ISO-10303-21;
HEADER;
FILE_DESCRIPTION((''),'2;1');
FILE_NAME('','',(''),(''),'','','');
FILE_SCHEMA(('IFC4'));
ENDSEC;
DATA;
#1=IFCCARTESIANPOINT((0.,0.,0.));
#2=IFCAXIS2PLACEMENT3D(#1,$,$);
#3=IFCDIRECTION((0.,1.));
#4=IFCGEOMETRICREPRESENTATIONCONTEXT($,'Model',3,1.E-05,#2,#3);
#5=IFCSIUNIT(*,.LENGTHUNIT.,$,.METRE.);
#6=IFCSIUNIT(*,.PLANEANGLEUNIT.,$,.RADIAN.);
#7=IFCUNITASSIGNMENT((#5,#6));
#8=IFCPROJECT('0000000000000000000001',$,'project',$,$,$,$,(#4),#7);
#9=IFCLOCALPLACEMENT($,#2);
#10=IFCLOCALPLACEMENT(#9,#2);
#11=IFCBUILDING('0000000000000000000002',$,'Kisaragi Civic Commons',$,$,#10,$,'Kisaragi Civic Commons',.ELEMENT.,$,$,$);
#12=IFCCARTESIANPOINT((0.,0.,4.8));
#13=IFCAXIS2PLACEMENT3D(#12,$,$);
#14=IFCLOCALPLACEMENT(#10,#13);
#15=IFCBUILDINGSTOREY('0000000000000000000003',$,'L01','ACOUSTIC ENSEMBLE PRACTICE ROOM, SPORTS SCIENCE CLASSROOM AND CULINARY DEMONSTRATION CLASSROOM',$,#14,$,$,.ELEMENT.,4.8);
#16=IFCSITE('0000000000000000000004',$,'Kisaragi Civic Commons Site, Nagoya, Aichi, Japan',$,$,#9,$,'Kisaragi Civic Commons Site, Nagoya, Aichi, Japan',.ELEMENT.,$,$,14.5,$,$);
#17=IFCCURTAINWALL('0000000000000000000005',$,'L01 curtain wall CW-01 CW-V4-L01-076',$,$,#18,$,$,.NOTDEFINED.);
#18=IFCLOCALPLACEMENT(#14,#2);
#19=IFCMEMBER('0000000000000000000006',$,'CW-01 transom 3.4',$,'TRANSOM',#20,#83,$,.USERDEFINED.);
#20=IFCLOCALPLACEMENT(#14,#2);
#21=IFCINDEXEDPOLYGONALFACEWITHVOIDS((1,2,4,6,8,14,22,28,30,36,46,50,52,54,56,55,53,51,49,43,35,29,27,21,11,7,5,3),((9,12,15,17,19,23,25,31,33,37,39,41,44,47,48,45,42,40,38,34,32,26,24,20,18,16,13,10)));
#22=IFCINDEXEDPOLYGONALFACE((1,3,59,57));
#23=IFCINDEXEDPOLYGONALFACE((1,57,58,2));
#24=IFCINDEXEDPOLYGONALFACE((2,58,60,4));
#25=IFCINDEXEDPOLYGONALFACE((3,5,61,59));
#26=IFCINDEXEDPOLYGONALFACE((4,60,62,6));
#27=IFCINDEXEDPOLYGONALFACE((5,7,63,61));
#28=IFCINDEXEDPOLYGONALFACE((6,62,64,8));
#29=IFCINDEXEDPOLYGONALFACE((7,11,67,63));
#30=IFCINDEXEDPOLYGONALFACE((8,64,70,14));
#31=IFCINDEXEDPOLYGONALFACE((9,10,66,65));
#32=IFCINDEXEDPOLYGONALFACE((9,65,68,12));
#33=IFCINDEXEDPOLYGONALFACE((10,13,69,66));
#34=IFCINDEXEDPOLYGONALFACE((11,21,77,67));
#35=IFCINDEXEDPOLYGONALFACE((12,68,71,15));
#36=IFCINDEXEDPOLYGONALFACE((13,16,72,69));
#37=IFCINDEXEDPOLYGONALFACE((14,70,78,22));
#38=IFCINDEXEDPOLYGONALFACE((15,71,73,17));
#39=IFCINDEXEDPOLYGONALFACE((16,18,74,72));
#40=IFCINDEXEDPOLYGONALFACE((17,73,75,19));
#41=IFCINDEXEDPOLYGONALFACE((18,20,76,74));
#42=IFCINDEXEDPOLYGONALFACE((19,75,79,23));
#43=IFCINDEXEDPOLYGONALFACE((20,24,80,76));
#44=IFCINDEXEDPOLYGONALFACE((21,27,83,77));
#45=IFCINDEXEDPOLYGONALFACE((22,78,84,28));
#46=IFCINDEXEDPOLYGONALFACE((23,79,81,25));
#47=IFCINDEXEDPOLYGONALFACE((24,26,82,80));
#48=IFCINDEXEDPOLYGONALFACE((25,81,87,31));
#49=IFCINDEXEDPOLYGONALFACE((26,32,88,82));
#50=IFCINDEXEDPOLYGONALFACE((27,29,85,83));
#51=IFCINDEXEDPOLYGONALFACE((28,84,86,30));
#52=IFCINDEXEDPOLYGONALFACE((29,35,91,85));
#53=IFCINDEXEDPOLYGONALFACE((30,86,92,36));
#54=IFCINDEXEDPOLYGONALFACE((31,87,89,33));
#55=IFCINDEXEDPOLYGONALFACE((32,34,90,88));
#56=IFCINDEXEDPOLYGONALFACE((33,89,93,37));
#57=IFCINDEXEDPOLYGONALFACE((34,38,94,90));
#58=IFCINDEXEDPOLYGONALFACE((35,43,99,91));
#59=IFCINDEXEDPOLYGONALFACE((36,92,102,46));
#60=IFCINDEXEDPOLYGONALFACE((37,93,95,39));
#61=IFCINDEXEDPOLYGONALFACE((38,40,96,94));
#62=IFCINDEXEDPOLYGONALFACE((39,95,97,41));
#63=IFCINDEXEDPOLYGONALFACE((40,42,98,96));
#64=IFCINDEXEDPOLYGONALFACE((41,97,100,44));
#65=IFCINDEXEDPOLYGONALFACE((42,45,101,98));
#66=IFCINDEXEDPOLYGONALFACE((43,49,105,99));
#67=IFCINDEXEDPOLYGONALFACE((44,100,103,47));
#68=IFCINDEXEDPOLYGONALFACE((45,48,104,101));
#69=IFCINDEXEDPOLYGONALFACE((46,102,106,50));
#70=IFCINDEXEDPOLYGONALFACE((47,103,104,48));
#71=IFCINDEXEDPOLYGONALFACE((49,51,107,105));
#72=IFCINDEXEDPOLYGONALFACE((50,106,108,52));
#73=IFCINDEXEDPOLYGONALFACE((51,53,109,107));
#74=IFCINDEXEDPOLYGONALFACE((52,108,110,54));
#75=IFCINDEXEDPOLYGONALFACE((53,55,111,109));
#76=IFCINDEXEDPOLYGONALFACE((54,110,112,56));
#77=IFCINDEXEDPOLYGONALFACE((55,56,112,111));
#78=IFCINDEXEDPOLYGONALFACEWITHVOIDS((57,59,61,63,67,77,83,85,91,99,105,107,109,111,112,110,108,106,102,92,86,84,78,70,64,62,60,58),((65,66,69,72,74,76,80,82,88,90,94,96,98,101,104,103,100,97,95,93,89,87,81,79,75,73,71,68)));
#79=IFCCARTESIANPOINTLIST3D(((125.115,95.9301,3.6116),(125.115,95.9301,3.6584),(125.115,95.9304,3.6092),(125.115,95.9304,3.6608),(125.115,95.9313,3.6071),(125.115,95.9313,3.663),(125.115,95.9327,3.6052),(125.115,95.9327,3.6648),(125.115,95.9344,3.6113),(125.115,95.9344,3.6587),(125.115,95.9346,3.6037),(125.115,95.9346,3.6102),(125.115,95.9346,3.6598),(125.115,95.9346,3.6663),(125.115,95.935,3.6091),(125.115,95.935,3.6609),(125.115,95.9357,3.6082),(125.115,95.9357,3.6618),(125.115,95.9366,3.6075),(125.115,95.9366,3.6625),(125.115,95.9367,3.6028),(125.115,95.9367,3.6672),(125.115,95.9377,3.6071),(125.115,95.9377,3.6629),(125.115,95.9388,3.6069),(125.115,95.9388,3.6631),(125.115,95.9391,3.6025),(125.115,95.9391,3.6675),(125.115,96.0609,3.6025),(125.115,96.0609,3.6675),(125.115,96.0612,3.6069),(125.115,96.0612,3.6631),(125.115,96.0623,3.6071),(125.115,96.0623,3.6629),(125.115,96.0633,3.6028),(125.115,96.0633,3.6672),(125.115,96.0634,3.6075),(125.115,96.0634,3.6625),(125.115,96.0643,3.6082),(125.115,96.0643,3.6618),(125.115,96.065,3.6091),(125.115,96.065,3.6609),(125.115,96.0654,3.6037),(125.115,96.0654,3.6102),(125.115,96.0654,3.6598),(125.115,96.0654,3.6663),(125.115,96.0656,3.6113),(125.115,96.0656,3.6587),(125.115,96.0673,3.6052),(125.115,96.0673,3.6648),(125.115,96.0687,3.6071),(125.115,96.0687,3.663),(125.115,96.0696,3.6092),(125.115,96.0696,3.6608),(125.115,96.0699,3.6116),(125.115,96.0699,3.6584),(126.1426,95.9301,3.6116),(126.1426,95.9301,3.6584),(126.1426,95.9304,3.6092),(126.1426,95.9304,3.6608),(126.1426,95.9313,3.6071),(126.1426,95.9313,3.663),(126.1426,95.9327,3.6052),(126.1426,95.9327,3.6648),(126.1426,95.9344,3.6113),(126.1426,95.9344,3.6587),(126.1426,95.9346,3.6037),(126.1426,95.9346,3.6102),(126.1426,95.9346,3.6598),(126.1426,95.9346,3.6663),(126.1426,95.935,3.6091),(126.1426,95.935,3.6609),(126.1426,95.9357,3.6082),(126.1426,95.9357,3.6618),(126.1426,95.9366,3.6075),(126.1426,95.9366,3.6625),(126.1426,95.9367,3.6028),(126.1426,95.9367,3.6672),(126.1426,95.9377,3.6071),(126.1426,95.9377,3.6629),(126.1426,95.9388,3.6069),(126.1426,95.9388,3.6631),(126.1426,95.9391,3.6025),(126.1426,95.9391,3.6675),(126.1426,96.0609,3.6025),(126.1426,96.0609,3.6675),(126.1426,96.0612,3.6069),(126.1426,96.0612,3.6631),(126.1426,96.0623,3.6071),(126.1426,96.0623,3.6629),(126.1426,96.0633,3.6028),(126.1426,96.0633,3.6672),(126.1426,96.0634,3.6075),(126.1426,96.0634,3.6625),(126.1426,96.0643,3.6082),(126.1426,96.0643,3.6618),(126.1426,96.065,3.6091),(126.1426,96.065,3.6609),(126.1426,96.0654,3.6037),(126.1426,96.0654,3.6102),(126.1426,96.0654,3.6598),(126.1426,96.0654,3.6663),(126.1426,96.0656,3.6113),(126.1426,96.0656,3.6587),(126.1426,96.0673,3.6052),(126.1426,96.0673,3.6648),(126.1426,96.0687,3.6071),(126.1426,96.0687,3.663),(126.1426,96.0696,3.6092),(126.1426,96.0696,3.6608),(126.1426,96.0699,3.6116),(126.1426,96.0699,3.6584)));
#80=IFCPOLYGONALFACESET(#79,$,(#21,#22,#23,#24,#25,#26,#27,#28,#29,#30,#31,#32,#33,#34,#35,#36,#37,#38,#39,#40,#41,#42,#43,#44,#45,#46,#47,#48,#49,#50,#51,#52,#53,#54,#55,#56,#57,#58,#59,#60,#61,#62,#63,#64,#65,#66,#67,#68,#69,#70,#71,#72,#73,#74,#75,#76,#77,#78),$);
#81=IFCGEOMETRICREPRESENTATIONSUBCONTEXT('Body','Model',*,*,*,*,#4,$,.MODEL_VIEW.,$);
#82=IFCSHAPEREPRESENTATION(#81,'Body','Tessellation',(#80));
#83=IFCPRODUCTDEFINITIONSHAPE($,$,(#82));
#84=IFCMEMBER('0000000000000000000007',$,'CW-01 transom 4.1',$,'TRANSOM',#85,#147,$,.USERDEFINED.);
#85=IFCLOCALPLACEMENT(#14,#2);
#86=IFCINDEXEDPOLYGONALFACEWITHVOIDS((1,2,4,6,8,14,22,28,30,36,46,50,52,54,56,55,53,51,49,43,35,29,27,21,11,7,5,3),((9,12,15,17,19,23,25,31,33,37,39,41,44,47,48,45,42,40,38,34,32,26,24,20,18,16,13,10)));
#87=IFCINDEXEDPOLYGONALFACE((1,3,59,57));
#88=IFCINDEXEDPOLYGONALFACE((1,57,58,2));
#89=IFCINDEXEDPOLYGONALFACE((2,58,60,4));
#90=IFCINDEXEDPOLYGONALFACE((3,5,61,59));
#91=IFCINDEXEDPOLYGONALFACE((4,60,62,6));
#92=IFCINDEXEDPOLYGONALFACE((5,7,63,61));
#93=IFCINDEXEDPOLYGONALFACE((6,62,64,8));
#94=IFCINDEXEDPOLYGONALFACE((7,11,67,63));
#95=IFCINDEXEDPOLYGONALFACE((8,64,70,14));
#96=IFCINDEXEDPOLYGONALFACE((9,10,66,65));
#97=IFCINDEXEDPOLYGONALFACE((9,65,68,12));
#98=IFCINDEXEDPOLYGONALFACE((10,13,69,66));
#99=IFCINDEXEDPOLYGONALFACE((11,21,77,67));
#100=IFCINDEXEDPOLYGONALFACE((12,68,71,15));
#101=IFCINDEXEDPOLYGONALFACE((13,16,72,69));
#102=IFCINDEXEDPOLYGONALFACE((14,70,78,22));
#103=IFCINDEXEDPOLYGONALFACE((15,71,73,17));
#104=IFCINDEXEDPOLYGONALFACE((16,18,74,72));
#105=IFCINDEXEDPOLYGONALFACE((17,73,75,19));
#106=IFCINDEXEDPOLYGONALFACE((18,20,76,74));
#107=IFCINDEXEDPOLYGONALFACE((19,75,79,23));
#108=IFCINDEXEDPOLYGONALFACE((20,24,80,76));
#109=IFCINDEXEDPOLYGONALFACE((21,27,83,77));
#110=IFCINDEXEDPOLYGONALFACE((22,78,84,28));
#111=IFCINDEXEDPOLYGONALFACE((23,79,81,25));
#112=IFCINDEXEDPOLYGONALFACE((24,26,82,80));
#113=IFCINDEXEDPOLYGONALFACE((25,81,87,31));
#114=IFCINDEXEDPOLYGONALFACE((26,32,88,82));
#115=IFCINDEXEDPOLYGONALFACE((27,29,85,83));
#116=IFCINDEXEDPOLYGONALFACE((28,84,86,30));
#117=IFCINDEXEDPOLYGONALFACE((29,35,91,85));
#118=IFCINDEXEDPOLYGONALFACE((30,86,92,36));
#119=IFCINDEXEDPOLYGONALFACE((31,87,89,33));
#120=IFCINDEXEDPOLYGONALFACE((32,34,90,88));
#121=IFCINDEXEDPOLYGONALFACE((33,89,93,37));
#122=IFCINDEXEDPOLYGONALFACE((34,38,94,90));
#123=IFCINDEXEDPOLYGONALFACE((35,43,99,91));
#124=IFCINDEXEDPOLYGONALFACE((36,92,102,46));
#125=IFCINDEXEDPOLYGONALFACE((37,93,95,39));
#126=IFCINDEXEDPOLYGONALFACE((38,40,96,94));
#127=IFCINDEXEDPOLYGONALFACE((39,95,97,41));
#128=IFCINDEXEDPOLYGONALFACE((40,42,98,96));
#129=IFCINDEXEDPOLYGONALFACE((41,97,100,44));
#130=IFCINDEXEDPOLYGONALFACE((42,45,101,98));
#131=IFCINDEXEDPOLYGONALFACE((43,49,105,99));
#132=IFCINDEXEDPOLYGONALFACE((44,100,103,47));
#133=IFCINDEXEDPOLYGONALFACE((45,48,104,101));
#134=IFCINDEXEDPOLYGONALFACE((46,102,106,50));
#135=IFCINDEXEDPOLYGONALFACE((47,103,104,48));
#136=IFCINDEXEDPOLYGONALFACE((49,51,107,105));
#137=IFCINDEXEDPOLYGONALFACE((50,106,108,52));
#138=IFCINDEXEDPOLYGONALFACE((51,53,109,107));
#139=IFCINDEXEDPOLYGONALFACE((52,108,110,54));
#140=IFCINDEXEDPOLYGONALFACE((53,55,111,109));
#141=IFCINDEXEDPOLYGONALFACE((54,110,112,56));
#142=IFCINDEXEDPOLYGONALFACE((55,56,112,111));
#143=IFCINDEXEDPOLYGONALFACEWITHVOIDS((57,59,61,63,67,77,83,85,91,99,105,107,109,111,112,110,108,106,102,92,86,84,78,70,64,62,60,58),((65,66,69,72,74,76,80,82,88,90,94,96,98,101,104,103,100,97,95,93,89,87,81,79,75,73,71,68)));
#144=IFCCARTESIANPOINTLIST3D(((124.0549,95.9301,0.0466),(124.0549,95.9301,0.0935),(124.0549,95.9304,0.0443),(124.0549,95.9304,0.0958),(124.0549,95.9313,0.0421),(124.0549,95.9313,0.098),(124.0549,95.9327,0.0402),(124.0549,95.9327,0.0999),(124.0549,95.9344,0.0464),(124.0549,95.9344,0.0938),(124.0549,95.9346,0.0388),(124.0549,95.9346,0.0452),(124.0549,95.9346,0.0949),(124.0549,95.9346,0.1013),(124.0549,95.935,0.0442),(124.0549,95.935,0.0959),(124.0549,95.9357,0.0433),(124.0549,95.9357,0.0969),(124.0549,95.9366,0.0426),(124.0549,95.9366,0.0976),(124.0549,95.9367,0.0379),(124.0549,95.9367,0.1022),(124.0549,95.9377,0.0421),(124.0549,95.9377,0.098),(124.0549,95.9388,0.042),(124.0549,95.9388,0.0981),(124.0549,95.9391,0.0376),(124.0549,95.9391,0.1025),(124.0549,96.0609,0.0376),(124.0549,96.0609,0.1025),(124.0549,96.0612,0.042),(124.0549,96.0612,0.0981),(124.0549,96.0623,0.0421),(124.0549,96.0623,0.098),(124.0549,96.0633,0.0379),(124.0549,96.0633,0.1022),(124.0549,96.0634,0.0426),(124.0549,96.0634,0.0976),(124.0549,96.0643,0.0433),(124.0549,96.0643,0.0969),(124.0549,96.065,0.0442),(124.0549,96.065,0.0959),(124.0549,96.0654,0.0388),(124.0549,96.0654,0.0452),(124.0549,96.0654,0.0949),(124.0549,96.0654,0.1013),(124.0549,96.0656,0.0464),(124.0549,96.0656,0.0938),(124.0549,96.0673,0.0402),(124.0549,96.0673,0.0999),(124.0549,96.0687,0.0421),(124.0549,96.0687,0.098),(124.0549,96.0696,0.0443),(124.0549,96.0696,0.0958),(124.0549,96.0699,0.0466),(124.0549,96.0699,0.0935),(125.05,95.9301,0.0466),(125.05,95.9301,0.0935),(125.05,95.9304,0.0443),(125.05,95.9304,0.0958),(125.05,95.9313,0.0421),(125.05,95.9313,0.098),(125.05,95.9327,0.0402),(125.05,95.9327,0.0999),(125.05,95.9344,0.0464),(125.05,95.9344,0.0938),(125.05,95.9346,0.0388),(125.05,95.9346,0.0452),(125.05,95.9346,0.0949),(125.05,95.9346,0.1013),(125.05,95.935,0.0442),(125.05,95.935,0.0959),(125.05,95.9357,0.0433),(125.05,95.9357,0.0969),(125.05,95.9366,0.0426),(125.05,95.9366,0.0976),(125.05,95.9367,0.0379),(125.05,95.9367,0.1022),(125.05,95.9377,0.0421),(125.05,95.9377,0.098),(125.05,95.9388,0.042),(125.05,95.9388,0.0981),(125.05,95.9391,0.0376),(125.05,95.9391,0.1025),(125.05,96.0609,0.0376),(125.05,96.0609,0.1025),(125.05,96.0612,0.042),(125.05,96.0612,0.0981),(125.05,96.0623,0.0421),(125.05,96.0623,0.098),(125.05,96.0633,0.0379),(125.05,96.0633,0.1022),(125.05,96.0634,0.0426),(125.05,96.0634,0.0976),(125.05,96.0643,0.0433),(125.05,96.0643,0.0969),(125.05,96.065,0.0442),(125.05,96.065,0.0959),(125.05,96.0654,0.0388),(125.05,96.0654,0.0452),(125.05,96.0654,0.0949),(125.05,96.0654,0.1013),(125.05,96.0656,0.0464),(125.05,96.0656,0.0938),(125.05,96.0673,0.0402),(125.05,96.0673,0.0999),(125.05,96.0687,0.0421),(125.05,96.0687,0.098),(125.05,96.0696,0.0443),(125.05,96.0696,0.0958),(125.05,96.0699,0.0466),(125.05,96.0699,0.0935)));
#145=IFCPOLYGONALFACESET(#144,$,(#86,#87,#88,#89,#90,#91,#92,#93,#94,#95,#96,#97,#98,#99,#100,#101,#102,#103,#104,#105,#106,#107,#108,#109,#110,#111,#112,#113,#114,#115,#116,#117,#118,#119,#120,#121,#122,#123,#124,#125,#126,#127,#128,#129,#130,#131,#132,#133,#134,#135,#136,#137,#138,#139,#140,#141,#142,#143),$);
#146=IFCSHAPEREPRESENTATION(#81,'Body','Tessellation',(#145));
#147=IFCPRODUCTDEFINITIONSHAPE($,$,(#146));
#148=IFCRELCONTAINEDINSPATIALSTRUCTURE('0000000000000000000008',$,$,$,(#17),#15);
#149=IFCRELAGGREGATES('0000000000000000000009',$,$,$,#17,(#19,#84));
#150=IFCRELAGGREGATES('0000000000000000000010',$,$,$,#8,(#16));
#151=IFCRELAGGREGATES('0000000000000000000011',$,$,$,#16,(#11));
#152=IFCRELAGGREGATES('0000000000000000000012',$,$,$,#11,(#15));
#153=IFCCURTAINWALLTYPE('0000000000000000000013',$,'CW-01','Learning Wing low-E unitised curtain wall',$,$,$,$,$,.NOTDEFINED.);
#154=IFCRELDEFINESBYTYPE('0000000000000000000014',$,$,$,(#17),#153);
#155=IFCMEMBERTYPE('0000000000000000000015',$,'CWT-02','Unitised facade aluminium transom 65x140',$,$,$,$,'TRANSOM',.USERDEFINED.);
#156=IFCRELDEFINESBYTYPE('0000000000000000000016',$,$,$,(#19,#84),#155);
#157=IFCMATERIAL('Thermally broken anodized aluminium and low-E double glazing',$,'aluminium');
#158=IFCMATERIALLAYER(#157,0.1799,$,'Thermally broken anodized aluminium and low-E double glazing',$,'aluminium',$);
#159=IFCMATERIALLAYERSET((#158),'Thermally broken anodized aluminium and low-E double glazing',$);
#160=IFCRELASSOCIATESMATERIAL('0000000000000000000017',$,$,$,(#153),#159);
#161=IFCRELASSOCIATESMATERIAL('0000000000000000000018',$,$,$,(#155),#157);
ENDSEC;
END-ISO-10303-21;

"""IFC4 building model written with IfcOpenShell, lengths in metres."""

from ifc_helpers import new_model, si_unit, direction, frame, origin, origin_2d, place, context, subcontext, project, spatial, hollow_rectangle, extrude, material, layer, layer_set, material_profile, profile_set, type_object, element, aggregate, save


model = new_model("IFC4")

# Units and contexts
model_context = context("Model", 3, precision=1e-05, world=origin(), true_north=direction((0.0, 1.0)))
body_context = subcontext(model_context, "Body", "Model", "MODEL_VIEW")
ifc_project = project(units=[si_unit("LENGTHUNIT", "METRE"), si_unit("PLANEANGLEUNIT", "RADIAN")], contexts=[model_context])

# Site, building, storey
site_placement = place(None, origin())
site = spatial("IfcSite", under=ifc_project, at=site_placement, Name="Kisaragi Civic Commons Site, Nagoya, Aichi, Japan", LongName="Kisaragi Civic Commons Site, Nagoya, Aichi, Japan", CompositionType="ELEMENT", RefElevation=14.5)
building_placement = place(site_placement, origin())
building = spatial("IfcBuilding", under=site, at=building_placement, Name="Kisaragi Civic Commons", LongName="Kisaragi Civic Commons", CompositionType="ELEMENT")
storey_placement = place(building_placement, frame((0.0, 0.0, 4.8)))
storey = spatial("IfcBuildingStorey", under=building, at=storey_placement, Name="L01", Description="ACOUSTIC ENSEMBLE PRACTICE ROOM, SPORTS SCIENCE CLASSROOM AND CULINARY DEMONSTRATION CLASSROOM", CompositionType="ELEMENT", Elevation=4.8)

# Curtain wall, members
ifc_material_1 = material(Name="Thermally broken anodized aluminium and low-E double glazing", Category="aluminium")
ifc_layer_1 = layer(ifc_material_1, 0.1799, Name="Thermally broken anodized aluminium and low-E double glazing", Category="aluminium")
ifc_layer_set_1 = layer_set([ifc_layer_1], Name="Thermally broken anodized aluminium and low-E double glazing")
curtain_wall_type = type_object("IfcCurtainWallType", Name="CW-01", Description="Learning Wing low-E unitised curtain wall", PredefinedType="NOTDEFINED", material=ifc_layer_set_1)
curtain_wall_placement = place(storey_placement, origin())
curtain_wall = element("IfcCurtainWall", 1, at=curtain_wall_placement, inside=storey, type_object=curtain_wall_type, Name="L01 curtain wall CW-01 CW-V4-L01-076", PredefinedType="NOTDEFINED")
ifc_material_profile_1 = material_profile(ifc_material_1, hollow_rectangle(XDim=0.1399, YDim=0.0649, WallThickness=0.0044, InnerFilletRadius=0.0044, OuterFilletRadius=0.009, at=origin_2d()), Name="CWT-65x140x4.5", Category="aluminium")
ifc_profile_set_1 = profile_set([ifc_material_profile_1], Name="Thermally broken anodized aluminium and low-E double glazing")
member_type_1 = type_object("IfcMemberType", Name="CWT-02", Description="Unitised facade aluminium transom 65x140", ElementType="TRANSOM", PredefinedType="USERDEFINED", material=ifc_profile_set_1)
member_1_placement = place(storey_placement, frame((126.1426, 96.0, 3.635), z_axis=(-1.0, 0.0, 0.0), x_axis=(0.0, -1.0, 0.0)))
member_1 = element("IfcMember", 2, at=member_1_placement, type_object=member_type_1, Name="CW-01 transom 3.4", ObjectType="TRANSOM", PredefinedType="USERDEFINED", context=body_context, shape_type="SweptSolid", body=[
    extrude(hollow_rectangle(XDim=0.1399, YDim=0.0649, WallThickness=0.0044, InnerFilletRadius=0.0044, OuterFilletRadius=0.009, at=origin_2d()), origin(), (0.0, 0.0, 1.0), 1.0276),
])
member_2_placement = place(storey_placement, frame((125.05, 96.0, 0.0701), z_axis=(-1.0, 0.0, 0.0), x_axis=(0.0, -1.0, 0.0)))
member_2 = element("IfcMember", 3, at=member_2_placement, type_object=member_type_1, Name="CW-01 transom 4.1", ObjectType="TRANSOM", PredefinedType="USERDEFINED", context=body_context, shape_type="SweptSolid", body=[
    extrude(hollow_rectangle(XDim=0.1399, YDim=0.0649, WallThickness=0.0044, InnerFilletRadius=0.0044, OuterFilletRadius=0.009, at=origin_2d()), origin(), (0.0, 0.0, 1.0), 0.9951),
])

aggregate(curtain_wall, [member_1, member_2])

save(model, "model.ifc")
